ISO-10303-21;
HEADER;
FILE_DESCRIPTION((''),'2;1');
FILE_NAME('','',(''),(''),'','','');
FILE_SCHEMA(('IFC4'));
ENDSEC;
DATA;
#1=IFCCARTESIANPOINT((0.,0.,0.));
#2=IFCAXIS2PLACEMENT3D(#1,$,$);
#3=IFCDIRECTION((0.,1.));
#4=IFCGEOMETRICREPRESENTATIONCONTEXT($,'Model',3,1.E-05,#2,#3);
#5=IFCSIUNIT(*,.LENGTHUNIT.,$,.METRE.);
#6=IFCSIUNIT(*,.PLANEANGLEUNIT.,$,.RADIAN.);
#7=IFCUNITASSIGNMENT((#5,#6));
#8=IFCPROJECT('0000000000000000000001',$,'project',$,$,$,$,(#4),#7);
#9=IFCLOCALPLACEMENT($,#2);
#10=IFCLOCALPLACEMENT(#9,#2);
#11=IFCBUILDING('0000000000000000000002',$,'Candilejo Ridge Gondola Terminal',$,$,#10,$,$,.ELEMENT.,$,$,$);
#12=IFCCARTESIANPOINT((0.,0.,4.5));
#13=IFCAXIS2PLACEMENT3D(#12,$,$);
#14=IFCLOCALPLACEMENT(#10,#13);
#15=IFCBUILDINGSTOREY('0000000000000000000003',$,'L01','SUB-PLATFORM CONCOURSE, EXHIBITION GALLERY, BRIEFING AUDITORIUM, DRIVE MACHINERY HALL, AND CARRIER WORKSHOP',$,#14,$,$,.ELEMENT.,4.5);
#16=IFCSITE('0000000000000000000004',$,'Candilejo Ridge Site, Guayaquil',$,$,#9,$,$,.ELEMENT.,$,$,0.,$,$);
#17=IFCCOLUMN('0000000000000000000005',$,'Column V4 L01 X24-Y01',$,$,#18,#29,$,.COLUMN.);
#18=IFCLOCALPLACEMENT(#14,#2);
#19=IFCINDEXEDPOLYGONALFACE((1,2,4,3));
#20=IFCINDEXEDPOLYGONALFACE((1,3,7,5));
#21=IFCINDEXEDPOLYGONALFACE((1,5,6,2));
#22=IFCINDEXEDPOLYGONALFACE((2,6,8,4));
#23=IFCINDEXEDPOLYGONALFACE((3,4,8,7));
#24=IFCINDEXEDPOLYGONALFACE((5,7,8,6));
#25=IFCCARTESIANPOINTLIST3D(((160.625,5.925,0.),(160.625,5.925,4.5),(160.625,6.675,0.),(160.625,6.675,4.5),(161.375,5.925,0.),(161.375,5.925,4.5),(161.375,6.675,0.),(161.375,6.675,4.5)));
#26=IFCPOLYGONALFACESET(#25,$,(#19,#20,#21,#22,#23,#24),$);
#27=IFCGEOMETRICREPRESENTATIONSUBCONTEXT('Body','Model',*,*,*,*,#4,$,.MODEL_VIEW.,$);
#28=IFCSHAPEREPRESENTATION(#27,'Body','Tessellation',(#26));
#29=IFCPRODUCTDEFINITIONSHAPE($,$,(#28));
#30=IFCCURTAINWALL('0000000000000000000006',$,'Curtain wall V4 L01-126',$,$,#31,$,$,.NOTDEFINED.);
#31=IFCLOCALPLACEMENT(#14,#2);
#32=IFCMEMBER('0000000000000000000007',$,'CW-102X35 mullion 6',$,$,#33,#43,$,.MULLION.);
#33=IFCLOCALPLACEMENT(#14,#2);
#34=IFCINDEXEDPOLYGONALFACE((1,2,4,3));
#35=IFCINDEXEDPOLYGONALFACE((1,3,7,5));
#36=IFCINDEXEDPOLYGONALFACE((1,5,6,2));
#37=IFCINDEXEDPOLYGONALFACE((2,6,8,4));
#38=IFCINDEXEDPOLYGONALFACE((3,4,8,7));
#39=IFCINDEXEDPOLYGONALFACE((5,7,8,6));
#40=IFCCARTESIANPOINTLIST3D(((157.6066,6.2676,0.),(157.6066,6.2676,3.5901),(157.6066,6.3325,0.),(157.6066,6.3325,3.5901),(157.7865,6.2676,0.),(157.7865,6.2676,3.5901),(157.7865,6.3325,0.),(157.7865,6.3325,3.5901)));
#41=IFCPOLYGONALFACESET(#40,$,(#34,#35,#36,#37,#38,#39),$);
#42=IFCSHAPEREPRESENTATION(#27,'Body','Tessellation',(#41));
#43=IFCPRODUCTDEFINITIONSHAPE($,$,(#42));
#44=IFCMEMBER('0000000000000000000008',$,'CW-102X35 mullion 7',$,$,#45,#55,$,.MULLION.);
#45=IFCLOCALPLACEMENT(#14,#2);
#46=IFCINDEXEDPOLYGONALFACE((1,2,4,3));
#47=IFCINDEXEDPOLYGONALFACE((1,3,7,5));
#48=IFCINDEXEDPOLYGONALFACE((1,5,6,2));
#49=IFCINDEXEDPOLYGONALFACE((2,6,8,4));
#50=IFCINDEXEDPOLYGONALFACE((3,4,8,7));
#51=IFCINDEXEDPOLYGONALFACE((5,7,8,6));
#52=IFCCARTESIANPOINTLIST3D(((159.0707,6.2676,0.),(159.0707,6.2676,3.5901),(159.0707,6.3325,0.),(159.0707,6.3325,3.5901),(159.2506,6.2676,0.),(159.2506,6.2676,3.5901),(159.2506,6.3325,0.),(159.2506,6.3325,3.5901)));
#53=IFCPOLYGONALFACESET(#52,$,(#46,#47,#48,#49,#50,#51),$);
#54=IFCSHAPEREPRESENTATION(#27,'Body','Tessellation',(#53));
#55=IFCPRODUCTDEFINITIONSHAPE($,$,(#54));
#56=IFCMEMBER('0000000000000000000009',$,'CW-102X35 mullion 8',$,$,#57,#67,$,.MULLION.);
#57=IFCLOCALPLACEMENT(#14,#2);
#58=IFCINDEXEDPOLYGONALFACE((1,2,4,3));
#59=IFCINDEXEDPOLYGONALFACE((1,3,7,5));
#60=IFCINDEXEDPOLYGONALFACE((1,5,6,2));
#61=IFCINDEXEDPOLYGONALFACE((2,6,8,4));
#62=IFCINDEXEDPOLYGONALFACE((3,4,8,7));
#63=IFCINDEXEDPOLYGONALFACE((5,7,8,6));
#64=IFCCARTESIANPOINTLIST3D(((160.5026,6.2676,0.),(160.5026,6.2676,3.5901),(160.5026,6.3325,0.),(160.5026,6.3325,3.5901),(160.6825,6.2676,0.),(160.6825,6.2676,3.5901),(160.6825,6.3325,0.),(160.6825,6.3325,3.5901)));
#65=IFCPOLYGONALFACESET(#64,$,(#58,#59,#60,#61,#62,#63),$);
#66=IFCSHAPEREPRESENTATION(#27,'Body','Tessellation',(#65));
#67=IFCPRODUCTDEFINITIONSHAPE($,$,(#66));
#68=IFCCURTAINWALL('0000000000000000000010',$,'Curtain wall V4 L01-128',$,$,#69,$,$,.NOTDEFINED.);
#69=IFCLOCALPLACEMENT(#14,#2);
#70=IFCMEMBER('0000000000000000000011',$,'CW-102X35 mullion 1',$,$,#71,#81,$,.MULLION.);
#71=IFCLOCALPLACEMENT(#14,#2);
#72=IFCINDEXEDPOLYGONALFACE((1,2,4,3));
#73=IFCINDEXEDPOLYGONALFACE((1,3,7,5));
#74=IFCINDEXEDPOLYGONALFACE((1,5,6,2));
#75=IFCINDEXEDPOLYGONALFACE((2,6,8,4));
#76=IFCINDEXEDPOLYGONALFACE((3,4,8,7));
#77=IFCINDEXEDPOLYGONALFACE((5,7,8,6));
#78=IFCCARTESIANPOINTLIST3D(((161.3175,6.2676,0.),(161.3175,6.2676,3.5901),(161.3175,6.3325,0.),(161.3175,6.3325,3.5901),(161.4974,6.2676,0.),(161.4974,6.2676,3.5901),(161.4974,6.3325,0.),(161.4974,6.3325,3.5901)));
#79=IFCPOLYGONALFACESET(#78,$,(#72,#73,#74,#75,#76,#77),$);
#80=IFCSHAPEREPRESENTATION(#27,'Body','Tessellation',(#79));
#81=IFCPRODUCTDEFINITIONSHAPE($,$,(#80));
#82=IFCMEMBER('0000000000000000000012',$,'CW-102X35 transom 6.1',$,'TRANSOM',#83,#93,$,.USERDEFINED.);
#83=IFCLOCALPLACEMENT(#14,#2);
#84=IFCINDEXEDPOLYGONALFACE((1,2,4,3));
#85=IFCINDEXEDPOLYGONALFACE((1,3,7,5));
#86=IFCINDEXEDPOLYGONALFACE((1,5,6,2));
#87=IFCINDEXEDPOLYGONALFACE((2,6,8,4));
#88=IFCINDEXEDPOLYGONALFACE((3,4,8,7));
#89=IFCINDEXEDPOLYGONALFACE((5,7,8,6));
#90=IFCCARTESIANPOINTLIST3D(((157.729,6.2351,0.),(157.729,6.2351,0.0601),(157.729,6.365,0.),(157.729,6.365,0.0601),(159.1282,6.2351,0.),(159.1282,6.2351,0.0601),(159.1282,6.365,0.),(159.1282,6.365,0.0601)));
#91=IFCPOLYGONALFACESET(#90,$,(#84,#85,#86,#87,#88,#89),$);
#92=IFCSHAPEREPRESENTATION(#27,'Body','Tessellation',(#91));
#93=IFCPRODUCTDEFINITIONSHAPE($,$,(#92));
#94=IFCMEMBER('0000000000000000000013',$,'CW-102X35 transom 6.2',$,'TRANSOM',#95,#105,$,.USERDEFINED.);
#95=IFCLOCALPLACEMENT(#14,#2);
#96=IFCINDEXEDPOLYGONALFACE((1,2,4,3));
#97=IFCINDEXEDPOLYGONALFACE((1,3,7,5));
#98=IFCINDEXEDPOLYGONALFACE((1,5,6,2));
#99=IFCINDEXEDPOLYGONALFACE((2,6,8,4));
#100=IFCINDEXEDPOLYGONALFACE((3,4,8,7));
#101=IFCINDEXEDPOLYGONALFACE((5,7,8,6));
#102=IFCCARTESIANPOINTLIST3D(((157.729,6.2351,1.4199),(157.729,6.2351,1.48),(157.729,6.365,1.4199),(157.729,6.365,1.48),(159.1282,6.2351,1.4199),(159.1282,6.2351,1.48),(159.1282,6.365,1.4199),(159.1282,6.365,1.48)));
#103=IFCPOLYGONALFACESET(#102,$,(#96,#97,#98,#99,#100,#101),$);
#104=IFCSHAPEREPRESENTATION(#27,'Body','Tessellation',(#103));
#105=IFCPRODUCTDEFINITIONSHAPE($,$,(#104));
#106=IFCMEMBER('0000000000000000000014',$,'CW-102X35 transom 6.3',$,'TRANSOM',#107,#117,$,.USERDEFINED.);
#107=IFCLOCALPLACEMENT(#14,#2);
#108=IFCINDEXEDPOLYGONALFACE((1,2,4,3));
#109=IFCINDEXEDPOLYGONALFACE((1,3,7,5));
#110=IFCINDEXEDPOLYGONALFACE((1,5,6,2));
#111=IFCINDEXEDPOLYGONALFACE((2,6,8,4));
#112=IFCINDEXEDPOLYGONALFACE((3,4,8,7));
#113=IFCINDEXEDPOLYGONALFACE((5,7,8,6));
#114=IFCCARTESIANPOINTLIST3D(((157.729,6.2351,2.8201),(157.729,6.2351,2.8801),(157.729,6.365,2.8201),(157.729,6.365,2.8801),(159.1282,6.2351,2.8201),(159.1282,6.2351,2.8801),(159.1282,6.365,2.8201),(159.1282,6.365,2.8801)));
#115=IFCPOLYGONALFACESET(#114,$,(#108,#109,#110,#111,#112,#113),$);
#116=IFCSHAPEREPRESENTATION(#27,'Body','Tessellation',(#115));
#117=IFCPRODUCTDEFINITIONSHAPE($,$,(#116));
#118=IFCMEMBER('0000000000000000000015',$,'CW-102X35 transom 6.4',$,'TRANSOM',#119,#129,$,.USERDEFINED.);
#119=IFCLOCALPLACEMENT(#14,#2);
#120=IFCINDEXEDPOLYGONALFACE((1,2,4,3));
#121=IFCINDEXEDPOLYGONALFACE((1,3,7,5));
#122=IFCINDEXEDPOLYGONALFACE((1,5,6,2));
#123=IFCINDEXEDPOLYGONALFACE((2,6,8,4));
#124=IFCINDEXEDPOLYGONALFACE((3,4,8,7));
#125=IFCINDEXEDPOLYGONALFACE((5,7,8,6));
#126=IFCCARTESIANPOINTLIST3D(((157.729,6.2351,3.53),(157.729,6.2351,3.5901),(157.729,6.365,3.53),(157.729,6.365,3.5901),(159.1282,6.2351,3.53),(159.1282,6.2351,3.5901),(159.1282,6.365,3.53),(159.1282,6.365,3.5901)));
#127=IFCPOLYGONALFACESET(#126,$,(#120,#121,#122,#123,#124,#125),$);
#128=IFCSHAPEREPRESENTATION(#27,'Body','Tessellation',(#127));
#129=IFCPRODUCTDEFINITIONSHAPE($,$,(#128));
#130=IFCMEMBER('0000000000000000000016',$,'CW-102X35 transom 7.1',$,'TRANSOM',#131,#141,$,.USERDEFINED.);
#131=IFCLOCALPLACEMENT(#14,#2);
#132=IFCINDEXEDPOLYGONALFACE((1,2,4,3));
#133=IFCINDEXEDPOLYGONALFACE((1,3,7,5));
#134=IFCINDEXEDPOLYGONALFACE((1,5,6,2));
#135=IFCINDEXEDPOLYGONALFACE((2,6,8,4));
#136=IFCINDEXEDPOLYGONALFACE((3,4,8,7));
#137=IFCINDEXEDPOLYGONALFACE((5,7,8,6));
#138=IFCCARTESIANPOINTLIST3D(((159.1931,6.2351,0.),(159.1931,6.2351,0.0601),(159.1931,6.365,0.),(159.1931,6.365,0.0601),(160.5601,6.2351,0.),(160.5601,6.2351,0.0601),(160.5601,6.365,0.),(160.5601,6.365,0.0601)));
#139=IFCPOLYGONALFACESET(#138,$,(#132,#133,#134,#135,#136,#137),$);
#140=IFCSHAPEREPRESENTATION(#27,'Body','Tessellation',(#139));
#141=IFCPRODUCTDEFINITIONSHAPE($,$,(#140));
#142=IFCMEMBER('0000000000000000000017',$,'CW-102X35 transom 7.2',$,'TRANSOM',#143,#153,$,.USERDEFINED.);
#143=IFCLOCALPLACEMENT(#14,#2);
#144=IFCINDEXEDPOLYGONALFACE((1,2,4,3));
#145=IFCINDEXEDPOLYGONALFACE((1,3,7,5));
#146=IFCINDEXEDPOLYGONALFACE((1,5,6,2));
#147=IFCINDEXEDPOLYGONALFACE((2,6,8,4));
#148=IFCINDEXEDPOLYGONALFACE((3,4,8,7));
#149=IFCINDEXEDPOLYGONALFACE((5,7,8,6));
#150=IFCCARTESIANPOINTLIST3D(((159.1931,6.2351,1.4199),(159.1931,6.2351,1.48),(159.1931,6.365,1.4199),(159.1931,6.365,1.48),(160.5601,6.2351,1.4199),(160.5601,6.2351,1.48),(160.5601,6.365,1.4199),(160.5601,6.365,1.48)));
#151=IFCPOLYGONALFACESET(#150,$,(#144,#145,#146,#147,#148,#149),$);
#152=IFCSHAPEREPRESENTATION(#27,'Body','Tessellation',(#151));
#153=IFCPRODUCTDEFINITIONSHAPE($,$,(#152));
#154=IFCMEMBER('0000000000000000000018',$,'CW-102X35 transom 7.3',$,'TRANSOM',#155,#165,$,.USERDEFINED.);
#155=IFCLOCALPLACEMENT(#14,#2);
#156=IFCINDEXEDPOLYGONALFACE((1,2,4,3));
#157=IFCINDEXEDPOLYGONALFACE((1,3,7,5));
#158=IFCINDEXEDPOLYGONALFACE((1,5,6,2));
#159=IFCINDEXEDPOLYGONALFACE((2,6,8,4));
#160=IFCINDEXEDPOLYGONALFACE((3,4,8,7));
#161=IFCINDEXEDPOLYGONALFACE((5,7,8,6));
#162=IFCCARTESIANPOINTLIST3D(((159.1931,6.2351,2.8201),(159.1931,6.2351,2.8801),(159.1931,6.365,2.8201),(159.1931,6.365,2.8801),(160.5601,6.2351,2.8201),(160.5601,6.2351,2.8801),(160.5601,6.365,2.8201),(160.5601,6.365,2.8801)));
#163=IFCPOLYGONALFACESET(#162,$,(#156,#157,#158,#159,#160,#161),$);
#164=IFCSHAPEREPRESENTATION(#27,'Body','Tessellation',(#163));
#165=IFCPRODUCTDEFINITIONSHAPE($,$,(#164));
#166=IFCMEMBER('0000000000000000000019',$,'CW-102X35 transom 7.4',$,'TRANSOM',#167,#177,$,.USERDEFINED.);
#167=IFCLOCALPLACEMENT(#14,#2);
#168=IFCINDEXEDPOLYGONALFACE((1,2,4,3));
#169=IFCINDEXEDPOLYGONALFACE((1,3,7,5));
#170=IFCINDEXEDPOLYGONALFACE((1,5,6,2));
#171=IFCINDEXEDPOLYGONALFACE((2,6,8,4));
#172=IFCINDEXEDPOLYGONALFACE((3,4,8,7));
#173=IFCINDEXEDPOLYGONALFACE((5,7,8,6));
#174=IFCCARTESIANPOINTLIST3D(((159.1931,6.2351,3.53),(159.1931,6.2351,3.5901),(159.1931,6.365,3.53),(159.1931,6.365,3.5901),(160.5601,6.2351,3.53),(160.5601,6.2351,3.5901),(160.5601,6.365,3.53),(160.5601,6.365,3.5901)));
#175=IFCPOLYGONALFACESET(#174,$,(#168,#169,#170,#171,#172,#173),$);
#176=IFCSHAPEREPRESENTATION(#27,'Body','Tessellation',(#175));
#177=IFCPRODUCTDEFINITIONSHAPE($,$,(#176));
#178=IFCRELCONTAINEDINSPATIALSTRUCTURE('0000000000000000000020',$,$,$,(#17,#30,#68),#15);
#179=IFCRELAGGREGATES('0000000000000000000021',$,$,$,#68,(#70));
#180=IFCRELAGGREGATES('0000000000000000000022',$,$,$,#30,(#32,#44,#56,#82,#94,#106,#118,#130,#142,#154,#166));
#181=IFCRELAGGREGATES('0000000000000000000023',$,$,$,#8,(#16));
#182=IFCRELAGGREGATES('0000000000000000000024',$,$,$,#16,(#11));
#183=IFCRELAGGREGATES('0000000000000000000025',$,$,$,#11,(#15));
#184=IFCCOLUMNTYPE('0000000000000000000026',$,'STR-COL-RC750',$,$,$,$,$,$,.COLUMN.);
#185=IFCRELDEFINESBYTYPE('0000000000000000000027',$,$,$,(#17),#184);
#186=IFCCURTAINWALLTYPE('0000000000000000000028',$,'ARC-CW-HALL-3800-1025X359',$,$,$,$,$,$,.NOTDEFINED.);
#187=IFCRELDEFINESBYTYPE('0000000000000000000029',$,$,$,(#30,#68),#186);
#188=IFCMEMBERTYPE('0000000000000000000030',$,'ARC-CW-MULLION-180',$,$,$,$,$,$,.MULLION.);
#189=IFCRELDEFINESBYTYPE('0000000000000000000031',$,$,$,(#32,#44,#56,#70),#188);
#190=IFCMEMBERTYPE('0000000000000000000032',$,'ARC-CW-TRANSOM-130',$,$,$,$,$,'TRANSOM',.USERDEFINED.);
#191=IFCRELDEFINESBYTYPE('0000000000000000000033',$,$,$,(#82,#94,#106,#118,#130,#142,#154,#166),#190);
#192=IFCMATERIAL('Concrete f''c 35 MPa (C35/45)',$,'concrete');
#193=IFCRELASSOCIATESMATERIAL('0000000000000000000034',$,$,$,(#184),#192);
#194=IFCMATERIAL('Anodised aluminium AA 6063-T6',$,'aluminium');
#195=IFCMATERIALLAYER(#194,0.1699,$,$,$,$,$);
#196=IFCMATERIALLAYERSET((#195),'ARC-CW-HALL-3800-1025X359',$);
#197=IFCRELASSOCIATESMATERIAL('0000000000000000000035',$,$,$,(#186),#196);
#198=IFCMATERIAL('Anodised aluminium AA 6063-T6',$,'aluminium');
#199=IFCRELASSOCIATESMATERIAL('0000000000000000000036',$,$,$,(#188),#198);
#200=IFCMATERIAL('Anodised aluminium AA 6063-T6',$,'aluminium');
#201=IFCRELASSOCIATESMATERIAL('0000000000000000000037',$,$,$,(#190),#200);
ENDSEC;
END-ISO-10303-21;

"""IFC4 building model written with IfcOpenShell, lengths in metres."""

from ifc_helpers import new_model, si_unit, direction, frame, origin, origin_2d, place, context, subcontext, project, spatial, rectangle, extrude, material, layer, layer_set, material_profile, profile_set, type_object, element, aggregate, save


model = new_model("IFC4")

# Units and contexts
model_context = context("Model", 3, precision=1e-05, world=origin(), true_north=direction((0.0, 1.0)))
body_context = subcontext(model_context, "Body", "Model", "MODEL_VIEW")
ifc_project = project(units=[si_unit("LENGTHUNIT", "METRE"), si_unit("PLANEANGLEUNIT", "RADIAN")], contexts=[model_context])

# Site, building, storey
site_placement = place(None, origin())
site = spatial("IfcSite", under=ifc_project, at=site_placement, Name="Candilejo Ridge Site, Guayaquil", CompositionType="ELEMENT", RefElevation=0.0)
building_placement = place(site_placement, origin())
building = spatial("IfcBuilding", under=site, at=building_placement, Name="Candilejo Ridge Gondola Terminal", CompositionType="ELEMENT")
storey_placement = place(building_placement, frame((0.0, 0.0, 4.5)))
storey = spatial("IfcBuildingStorey", under=building, at=storey_placement, Name="L01", Description="SUB-PLATFORM CONCOURSE, EXHIBITION GALLERY, BRIEFING AUDITORIUM, DRIVE MACHINERY HALL, AND CARRIER WORKSHOP", CompositionType="ELEMENT", Elevation=4.5)

# Column
ifc_material_1 = material(Name="Concrete f'c 35 MPa (C35/45)", Category="concrete")
ifc_material_profile_1 = material_profile(ifc_material_1, rectangle(XDim=0.75, YDim=0.75, at=origin_2d()))
ifc_profile_set_1 = profile_set([ifc_material_profile_1], Name="Concrete f'c 35 MPa (C35/45)")
column_type = type_object("IfcColumnType", Name="STR-COL-RC750", PredefinedType="COLUMN", material=ifc_profile_set_1)
column_placement = place(storey_placement, frame((161.0, 6.3, 0.0), z_axis=(0.0, 0.0, 1.0), x_axis=(1.0, 0.0, 0.0)))
element("IfcColumn", 1, at=column_placement, inside=storey, type_object=column_type, Name="Column V4 L01 X24-Y01", PredefinedType="COLUMN", context=body_context, shape_type="SweptSolid", body=[
    extrude(rectangle(XDim=0.75, YDim=0.75, at=origin_2d()), origin(), (0.0, 0.0, 1.0), 4.5),
])

# Curtain wall, members
ifc_material_2 = material(Name="Anodised aluminium AA 6063-T6", Category="aluminium")
ifc_layer_1 = layer(ifc_material_2, 0.1699)
ifc_layer_set_1 = layer_set([ifc_layer_1], Name="ARC-CW-HALL-3800-1025X359")
curtain_wall_type = type_object("IfcCurtainWallType", Name="ARC-CW-HALL-3800-1025X359", PredefinedType="NOTDEFINED", material=ifc_layer_set_1)
curtain_wall_1_placement = place(storey_placement, origin())
curtain_wall_1 = element("IfcCurtainWall", 2, at=curtain_wall_1_placement, inside=storey, type_object=curtain_wall_type, Name="Curtain wall V4 L01-126", PredefinedType="NOTDEFINED")
ifc_material_3 = material(Name="Anodised aluminium AA 6063-T6", Category="aluminium")
ifc_material_profile_2 = material_profile(ifc_material_3, rectangle(XDim=0.0649, YDim=0.1799, at=origin_2d()))
ifc_profile_set_2 = profile_set([ifc_material_profile_2], Name="Anodised aluminium AA 6063-T6")
member_type_1 = type_object("IfcMemberType", Name="ARC-CW-MULLION-180", PredefinedType="MULLION", material=ifc_profile_set_2)
member_1_placement = place(storey_placement, frame((157.6965, 6.3, 0.0), z_axis=(0.0, 0.0, 1.0), x_axis=(0.0, 1.0, 0.0)))
member_1 = element("IfcMember", 3, at=member_1_placement, type_object=member_type_1, Name="CW-102X35 mullion 6", PredefinedType="MULLION", context=body_context, shape_type="SweptSolid", body=[
    extrude(rectangle(XDim=0.0649, YDim=0.1799, at=origin_2d()), origin(), (0.0, 0.0, 1.0), 3.5901),
])
member_2_placement = place(storey_placement, frame((159.1606, 6.3, 0.0), z_axis=(0.0, 0.0, 1.0), x_axis=(0.0, 1.0, 0.0)))
member_2 = element("IfcMember", 4, at=member_2_placement, type_object=member_type_1, Name="CW-102X35 mullion 7", PredefinedType="MULLION", context=body_context, shape_type="SweptSolid", body=[
    extrude(rectangle(XDim=0.0649, YDim=0.1799, at=origin_2d()), origin(), (0.0, 0.0, 1.0), 3.5901),
])
member_3_placement = place(storey_placement, frame((160.5925, 6.3, 0.0), z_axis=(0.0, 0.0, 1.0), x_axis=(0.0, 1.0, 0.0)))
member_3 = element("IfcMember", 5, at=member_3_placement, type_object=member_type_1, Name="CW-102X35 mullion 8", PredefinedType="MULLION", context=body_context, shape_type="SweptSolid", body=[
    extrude(rectangle(XDim=0.0649, YDim=0.1799, at=origin_2d()), origin(), (0.0, 0.0, 1.0), 3.5901),
])

# Curtain wall, member
curtain_wall_2_placement = place(storey_placement, origin())
curtain_wall_2 = element("IfcCurtainWall", 6, at=curtain_wall_2_placement, inside=storey, type_object=curtain_wall_type, Name="Curtain wall V4 L01-128", PredefinedType="NOTDEFINED")
member_4_placement = place(storey_placement, frame((161.4075, 6.3, 0.0), z_axis=(0.0, 0.0, 1.0), x_axis=(0.0, 1.0, 0.0)))
member_4 = element("IfcMember", 7, at=member_4_placement, type_object=member_type_1, Name="CW-102X35 mullion 1", PredefinedType="MULLION", context=body_context, shape_type="SweptSolid", body=[
    extrude(rectangle(XDim=0.0649, YDim=0.1799, at=origin_2d()), origin(), (0.0, 0.0, 1.0), 3.5901),
])
aggregate(curtain_wall_2, [member_4])

# Members
ifc_material_4 = material(Name="Anodised aluminium AA 6063-T6", Category="aluminium")
ifc_material_profile_3 = material_profile(ifc_material_4, rectangle(XDim=0.1299, YDim=0.0601, at=origin_2d()))
ifc_profile_set_3 = profile_set([ifc_material_profile_3], Name="Anodised aluminium AA 6063-T6")
member_type_2 = type_object("IfcMemberType", Name="ARC-CW-TRANSOM-130", ElementType="TRANSOM", PredefinedType="USERDEFINED", material=ifc_profile_set_3)
member_5_placement = place(storey_placement, frame((157.729, 6.3, 0.03), z_axis=(1.0, 0.0, 0.0), x_axis=(0.0, 1.0, 0.0)))
member_5 = element("IfcMember", 8, at=member_5_placement, type_object=member_type_2, Name="CW-102X35 transom 6.1", ObjectType="TRANSOM", PredefinedType="USERDEFINED", context=body_context, shape_type="SweptSolid", body=[
    extrude(rectangle(XDim=0.1299, YDim=0.0601, at=origin_2d()), origin(), (0.0, 0.0, 1.0), 1.3992),
])
member_6_placement = place(storey_placement, frame((157.729, 6.3, 1.45), z_axis=(1.0, 0.0, 0.0), x_axis=(0.0, 1.0, 0.0)))
member_6 = element("IfcMember", 9, at=member_6_placement, type_object=member_type_2, Name="CW-102X35 transom 6.2", ObjectType="TRANSOM", PredefinedType="USERDEFINED", context=body_context, shape_type="SweptSolid", body=[
    extrude(rectangle(XDim=0.1299, YDim=0.0601, at=origin_2d()), origin(), (0.0, 0.0, 1.0), 1.3992),
])
member_7_placement = place(storey_placement, frame((157.729, 6.3, 2.8501), z_axis=(1.0, 0.0, 0.0), x_axis=(0.0, 1.0, 0.0)))
member_7 = element("IfcMember", 10, at=member_7_placement, type_object=member_type_2, Name="CW-102X35 transom 6.3", ObjectType="TRANSOM", PredefinedType="USERDEFINED", context=body_context, shape_type="SweptSolid", body=[
    extrude(rectangle(XDim=0.1299, YDim=0.0601, at=origin_2d()), origin(), (0.0, 0.0, 1.0), 1.3992),
])
member_8_placement = place(storey_placement, frame((157.729, 6.3, 3.5601), z_axis=(1.0, 0.0, 0.0), x_axis=(0.0, 1.0, 0.0)))
member_8 = element("IfcMember", 11, at=member_8_placement, type_object=member_type_2, Name="CW-102X35 transom 6.4", ObjectType="TRANSOM", PredefinedType="USERDEFINED", context=body_context, shape_type="SweptSolid", body=[
    extrude(rectangle(XDim=0.1299, YDim=0.0601, at=origin_2d()), origin(), (0.0, 0.0, 1.0), 1.3992),
])
member_9_placement = place(storey_placement, frame((159.1931, 6.3, 0.03), z_axis=(1.0, 0.0, 0.0), x_axis=(0.0, 1.0, 0.0)))
member_9 = element("IfcMember", 12, at=member_9_placement, type_object=member_type_2, Name="CW-102X35 transom 7.1", ObjectType="TRANSOM", PredefinedType="USERDEFINED", context=body_context, shape_type="SweptSolid", body=[
    extrude(rectangle(XDim=0.1299, YDim=0.0601, at=origin_2d()), origin(), (0.0, 0.0, 1.0), 1.3669),
])
member_10_placement = place(storey_placement, frame((159.1931, 6.3, 1.45), z_axis=(1.0, 0.0, 0.0), x_axis=(0.0, 1.0, 0.0)))
member_10 = element("IfcMember", 13, at=member_10_placement, type_object=member_type_2, Name="CW-102X35 transom 7.2", ObjectType="TRANSOM", PredefinedType="USERDEFINED", context=body_context, shape_type="SweptSolid", body=[
    extrude(rectangle(XDim=0.1299, YDim=0.0601, at=origin_2d()), origin(), (0.0, 0.0, 1.0), 1.3669),
])
member_11_placement = place(storey_placement, frame((159.1931, 6.3, 2.8501), z_axis=(1.0, 0.0, 0.0), x_axis=(0.0, 1.0, 0.0)))
member_11 = element("IfcMember", 14, at=member_11_placement, type_object=member_type_2, Name="CW-102X35 transom 7.3", ObjectType="TRANSOM", PredefinedType="USERDEFINED", context=body_context, shape_type="SweptSolid", body=[
    extrude(rectangle(XDim=0.1299, YDim=0.0601, at=origin_2d()), origin(), (0.0, 0.0, 1.0), 1.3669),
])
member_12_placement = place(storey_placement, frame((159.1931, 6.3, 3.5601), z_axis=(1.0, 0.0, 0.0), x_axis=(0.0, 1.0, 0.0)))
member_12 = element("IfcMember", 15, at=member_12_placement, type_object=member_type_2, Name="CW-102X35 transom 7.4", ObjectType="TRANSOM", PredefinedType="USERDEFINED", context=body_context, shape_type="SweptSolid", body=[
    extrude(rectangle(XDim=0.1299, YDim=0.0601, at=origin_2d()), origin(), (0.0, 0.0, 1.0), 1.3669),
])

aggregate(curtain_wall_1, [member_1, member_2, member_3, member_5, member_6, member_7, member_8, member_9, member_10, member_11, member_12])

save(model, "model.ifc")
